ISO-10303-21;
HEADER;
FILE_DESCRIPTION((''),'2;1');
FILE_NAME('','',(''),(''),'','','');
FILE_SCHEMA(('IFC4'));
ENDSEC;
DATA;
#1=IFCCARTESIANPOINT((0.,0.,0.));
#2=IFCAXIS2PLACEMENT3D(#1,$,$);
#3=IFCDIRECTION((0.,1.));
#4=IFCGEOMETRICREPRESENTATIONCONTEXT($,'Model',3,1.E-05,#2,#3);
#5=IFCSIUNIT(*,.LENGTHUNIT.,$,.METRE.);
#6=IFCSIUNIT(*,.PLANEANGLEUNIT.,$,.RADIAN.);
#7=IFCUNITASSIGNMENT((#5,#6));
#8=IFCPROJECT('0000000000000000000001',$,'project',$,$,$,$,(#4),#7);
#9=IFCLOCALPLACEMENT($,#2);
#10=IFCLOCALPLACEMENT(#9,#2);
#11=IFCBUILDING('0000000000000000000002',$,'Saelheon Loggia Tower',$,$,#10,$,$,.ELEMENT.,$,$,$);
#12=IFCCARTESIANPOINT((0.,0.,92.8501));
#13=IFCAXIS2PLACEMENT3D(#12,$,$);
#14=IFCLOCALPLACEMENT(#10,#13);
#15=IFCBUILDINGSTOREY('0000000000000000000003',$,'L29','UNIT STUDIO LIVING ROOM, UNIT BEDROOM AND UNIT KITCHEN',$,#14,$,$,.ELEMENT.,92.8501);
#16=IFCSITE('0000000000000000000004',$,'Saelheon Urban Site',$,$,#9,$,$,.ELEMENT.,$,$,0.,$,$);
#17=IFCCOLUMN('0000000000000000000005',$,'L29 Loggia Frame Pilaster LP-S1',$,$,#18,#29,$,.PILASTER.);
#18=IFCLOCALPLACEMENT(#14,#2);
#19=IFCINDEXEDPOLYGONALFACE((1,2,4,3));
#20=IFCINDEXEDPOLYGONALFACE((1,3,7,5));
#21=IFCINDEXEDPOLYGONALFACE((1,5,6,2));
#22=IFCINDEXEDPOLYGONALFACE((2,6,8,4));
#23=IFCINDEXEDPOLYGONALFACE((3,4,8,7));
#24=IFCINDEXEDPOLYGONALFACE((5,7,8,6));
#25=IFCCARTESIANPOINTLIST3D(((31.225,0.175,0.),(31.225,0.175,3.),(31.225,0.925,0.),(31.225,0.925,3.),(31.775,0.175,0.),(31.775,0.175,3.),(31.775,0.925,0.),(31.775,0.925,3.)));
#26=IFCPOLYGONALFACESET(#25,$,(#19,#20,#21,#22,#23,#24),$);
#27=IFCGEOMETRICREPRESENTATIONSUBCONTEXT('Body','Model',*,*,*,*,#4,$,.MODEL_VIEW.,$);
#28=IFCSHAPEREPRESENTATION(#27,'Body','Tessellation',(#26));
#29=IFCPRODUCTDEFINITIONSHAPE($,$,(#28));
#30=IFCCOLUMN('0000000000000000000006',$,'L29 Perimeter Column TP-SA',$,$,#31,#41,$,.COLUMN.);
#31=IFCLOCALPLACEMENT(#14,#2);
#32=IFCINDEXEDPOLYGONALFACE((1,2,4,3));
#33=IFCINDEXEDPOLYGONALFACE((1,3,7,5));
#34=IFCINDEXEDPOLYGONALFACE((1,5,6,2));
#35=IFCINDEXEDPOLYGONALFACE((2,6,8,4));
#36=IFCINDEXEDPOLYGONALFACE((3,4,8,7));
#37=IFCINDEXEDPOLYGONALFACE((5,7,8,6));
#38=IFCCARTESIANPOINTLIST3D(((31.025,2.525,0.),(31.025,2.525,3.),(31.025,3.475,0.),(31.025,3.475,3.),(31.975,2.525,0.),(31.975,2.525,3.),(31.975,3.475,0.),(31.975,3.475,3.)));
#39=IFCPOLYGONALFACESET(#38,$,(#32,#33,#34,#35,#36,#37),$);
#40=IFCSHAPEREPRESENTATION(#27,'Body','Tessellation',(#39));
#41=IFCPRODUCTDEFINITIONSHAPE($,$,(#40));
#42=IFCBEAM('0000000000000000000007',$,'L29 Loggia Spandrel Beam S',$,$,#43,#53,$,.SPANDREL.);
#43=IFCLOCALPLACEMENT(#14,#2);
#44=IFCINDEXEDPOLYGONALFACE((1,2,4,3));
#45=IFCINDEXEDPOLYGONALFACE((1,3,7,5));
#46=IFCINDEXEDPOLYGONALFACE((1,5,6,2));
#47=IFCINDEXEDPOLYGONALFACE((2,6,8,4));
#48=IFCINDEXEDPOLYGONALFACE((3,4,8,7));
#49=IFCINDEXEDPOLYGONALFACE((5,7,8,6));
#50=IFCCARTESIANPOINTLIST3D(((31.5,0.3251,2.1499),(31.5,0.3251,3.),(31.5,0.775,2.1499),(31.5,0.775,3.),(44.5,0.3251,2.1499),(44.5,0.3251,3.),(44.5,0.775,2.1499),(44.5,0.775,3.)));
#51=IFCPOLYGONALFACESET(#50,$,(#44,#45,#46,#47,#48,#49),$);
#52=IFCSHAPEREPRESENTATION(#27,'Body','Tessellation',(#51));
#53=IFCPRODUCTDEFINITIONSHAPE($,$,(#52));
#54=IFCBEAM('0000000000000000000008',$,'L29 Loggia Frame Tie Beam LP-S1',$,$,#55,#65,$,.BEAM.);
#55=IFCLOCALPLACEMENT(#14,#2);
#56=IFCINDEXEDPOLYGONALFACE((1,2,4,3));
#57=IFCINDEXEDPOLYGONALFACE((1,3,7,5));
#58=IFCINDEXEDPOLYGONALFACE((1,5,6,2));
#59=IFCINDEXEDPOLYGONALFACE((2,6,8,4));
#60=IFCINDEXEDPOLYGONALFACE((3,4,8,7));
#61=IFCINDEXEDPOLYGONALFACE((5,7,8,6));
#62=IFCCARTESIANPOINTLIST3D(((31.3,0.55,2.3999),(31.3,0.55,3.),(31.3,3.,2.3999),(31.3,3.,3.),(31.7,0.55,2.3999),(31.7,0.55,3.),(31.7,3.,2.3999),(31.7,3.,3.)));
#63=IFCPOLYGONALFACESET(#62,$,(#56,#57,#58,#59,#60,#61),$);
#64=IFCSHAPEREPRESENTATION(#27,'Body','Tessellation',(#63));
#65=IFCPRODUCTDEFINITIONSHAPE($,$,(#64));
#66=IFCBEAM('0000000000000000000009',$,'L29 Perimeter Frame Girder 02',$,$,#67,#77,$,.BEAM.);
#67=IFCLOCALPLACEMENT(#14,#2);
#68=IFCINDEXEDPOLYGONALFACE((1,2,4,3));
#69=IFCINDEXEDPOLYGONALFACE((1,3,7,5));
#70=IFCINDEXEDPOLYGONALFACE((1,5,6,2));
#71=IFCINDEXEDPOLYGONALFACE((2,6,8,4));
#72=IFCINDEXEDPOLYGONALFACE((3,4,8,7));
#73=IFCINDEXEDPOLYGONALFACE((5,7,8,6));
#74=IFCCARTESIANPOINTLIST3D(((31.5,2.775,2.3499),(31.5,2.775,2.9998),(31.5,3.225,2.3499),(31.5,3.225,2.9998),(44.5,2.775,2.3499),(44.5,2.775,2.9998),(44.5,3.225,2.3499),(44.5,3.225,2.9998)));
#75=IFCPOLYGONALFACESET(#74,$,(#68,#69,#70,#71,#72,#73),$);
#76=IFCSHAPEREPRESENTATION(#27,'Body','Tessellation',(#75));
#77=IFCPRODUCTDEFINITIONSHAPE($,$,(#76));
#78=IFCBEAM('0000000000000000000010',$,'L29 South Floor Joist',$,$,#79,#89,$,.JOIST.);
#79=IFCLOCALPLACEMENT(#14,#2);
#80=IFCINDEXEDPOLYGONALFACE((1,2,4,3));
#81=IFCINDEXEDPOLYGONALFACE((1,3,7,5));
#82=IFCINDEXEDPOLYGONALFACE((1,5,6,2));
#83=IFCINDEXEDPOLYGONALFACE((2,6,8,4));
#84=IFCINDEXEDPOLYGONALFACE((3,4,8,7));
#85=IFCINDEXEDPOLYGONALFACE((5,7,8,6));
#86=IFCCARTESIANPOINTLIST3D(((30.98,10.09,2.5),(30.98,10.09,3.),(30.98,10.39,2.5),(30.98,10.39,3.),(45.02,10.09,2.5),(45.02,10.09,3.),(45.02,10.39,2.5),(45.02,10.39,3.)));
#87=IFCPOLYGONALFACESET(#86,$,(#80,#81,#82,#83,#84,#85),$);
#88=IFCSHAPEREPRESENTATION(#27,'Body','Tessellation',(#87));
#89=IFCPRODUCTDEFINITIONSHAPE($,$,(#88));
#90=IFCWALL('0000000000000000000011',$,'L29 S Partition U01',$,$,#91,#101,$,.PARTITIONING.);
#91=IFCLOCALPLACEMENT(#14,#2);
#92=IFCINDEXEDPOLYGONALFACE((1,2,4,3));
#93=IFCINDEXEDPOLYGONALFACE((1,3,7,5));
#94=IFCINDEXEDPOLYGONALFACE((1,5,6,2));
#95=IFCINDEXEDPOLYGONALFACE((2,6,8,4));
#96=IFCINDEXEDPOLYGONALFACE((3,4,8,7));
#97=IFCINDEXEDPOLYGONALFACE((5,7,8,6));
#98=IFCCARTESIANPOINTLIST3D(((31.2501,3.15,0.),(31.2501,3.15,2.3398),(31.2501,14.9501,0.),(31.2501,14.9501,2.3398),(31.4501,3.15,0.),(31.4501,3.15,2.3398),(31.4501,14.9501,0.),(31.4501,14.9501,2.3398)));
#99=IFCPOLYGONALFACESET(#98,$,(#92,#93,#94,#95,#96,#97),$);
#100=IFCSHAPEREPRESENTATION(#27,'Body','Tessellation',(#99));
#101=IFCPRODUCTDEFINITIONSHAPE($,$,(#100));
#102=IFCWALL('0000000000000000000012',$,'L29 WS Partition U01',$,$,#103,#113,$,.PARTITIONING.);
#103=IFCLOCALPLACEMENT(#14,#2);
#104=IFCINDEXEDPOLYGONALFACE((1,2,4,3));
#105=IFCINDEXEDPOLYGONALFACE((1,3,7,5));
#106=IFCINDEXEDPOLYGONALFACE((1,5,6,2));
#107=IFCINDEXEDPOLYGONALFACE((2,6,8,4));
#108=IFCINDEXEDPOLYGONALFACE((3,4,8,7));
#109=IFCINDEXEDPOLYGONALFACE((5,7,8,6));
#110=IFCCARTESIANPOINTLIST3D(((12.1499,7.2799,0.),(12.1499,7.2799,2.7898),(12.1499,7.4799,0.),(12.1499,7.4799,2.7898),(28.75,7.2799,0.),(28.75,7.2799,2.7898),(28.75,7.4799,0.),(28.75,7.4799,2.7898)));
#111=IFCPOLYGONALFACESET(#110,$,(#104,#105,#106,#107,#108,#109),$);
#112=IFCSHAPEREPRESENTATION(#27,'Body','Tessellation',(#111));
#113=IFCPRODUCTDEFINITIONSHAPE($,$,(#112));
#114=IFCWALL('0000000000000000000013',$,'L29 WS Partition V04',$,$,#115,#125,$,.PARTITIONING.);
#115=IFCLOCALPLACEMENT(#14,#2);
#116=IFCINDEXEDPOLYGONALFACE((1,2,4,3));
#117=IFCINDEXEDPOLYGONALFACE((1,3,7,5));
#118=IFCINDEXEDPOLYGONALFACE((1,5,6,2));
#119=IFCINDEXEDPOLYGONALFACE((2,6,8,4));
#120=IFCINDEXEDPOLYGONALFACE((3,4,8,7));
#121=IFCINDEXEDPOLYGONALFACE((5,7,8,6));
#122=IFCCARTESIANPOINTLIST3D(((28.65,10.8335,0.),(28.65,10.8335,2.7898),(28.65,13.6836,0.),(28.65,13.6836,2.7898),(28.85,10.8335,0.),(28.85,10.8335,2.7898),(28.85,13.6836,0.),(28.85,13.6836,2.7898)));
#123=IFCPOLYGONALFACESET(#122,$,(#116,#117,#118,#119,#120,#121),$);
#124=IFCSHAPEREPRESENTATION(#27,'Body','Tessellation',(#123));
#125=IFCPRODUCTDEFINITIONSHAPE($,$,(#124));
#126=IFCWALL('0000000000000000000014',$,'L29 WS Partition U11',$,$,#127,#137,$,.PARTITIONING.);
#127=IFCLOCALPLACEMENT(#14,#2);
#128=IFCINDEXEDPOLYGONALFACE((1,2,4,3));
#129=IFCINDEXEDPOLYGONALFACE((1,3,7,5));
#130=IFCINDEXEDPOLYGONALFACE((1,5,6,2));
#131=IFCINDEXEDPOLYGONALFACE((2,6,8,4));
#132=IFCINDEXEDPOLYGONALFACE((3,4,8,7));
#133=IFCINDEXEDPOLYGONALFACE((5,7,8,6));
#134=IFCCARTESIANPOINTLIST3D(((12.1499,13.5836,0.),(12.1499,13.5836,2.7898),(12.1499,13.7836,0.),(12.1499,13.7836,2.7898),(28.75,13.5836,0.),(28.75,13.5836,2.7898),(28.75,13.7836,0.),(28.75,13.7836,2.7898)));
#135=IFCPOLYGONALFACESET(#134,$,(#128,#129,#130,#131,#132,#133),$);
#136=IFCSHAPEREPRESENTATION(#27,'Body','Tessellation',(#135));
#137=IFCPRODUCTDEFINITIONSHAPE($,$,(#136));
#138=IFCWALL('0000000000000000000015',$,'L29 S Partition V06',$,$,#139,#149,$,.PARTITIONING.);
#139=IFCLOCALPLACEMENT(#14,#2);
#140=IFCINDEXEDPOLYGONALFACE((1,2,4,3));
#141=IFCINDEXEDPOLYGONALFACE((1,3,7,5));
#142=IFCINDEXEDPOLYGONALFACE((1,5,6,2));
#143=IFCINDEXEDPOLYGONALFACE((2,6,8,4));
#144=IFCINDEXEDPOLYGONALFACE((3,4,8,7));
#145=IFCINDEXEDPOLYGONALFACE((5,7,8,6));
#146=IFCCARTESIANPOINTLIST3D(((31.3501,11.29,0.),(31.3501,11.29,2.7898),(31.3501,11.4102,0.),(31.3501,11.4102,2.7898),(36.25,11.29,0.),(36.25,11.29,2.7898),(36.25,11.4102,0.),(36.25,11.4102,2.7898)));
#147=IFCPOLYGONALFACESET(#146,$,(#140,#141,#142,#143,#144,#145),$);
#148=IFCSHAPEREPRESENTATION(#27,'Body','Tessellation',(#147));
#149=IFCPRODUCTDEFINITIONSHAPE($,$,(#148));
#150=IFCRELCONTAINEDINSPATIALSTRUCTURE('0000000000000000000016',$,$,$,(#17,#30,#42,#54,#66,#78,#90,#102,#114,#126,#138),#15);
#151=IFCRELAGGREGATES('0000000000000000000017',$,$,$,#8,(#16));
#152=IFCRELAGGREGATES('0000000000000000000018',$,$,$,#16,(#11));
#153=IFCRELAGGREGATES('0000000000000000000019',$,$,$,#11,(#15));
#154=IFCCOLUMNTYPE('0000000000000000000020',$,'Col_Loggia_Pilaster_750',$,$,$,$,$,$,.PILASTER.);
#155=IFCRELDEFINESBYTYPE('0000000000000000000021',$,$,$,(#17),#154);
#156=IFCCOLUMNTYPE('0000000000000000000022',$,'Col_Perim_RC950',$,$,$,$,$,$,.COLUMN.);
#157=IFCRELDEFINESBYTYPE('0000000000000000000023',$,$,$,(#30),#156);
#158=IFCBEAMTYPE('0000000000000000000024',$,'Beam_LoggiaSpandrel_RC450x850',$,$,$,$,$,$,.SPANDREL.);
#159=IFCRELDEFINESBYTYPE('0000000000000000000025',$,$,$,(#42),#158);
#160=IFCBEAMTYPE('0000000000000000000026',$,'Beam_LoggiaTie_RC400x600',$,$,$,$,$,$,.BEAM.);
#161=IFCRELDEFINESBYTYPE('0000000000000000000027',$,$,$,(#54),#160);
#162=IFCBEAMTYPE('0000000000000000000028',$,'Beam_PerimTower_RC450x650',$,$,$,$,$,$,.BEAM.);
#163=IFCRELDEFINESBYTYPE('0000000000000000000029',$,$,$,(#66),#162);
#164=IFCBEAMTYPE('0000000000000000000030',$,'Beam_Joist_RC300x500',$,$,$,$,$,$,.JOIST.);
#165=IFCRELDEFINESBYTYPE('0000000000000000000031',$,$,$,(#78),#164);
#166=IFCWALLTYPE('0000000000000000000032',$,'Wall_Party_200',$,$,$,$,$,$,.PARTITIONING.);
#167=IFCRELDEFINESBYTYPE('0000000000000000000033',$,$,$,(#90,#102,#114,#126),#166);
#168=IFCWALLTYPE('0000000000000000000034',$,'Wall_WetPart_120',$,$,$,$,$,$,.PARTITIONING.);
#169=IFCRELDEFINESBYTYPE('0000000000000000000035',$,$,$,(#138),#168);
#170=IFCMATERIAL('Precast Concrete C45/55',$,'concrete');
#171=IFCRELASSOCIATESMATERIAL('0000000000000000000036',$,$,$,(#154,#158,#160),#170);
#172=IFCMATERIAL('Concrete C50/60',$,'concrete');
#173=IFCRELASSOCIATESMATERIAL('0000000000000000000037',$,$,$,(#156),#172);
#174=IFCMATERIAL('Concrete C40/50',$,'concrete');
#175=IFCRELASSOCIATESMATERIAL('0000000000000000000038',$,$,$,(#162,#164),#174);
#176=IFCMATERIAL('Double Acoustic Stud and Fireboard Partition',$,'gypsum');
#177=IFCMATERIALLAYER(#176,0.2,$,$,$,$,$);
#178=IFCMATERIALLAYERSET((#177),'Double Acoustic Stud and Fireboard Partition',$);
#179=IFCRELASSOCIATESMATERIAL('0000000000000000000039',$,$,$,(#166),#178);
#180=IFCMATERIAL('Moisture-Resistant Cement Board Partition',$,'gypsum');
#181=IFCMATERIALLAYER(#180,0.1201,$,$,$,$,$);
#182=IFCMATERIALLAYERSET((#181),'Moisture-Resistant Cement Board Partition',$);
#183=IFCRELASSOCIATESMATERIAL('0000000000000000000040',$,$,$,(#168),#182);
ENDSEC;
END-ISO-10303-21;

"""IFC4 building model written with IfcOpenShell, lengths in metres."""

from ifc_helpers import new_model, si_unit, direction, frame, frame_2d, origin, origin_2d, place, context, subcontext, project, spatial, rectangle, extrude, source, transform, mapped, material, layer, layer_set, material_profile, profile_set, type_object, element, save


model = new_model("IFC4")

# Units and contexts
model_context = context("Model", 3, precision=1e-05, world=origin(), true_north=direction((0.0, 1.0)))
body_context = subcontext(model_context, "Body", "Model", "MODEL_VIEW")
ifc_project = project(units=[si_unit("LENGTHUNIT", "METRE"), si_unit("PLANEANGLEUNIT", "RADIAN")], contexts=[model_context])

# Site, building, storey
site_placement = place(None, origin())
site = spatial("IfcSite", under=ifc_project, at=site_placement, Name="Saelheon Urban Site", CompositionType="ELEMENT", RefElevation=0.0)
building_placement = place(site_placement, origin())
building = spatial("IfcBuilding", under=site, at=building_placement, Name="Saelheon Loggia Tower", CompositionType="ELEMENT")
storey_placement = place(building_placement, frame((0.0, 0.0, 92.8501)))
storey = spatial("IfcBuildingStorey", under=building, at=storey_placement, Name="L29", Description="UNIT STUDIO LIVING ROOM, UNIT BEDROOM AND UNIT KITCHEN", CompositionType="ELEMENT", Elevation=92.8501)

# Columns
ifc_material_1 = material(Name="Precast Concrete C45/55", Category="concrete")
ifc_material_profile_1 = material_profile(ifc_material_1, rectangle(XDim=0.55, YDim=0.75, at=origin_2d()), Name="RC-550x750")
ifc_profile_set_1 = profile_set([ifc_material_profile_1], Name="Precast Concrete C45/55")
column_type_1 = type_object("IfcColumnType", Name="Col_Loggia_Pilaster_750", PredefinedType="PILASTER", material=ifc_profile_set_1)
shared_shape_1 = source(origin(), body_context, "Body", "SweptSolid", [
    extrude(rectangle(XDim=0.55, YDim=0.75, at=origin_2d()), origin(), (0.0, 0.0, 1.0), 3.0),
])
column_1_placement = place(storey_placement, frame((31.5, 0.55, 0.0), z_axis=(0.0, 0.0, 1.0), x_axis=(1.0, 0.0, 0.0)))
element("IfcColumn", 1, at=column_1_placement, inside=storey, type_object=column_type_1, Name="L29 Loggia Frame Pilaster LP-S1", PredefinedType="PILASTER", context=body_context, shape_type="MappedRepresentation", body=[
    mapped(shared_shape_1, transform((0.0, 0.0, 0.0), scale=1.0)),
])
ifc_material_2 = material(Name="Concrete C50/60", Category="concrete")
ifc_material_profile_2 = material_profile(ifc_material_2, rectangle(XDim=0.95, YDim=0.95, at=origin_2d()), Name="RC-950x950")
ifc_profile_set_2 = profile_set([ifc_material_profile_2], Name="Concrete C50/60")
column_type_2 = type_object("IfcColumnType", Name="Col_Perim_RC950", PredefinedType="COLUMN", material=ifc_profile_set_2)
shared_shape_2 = source(origin(), body_context, "Body", "SweptSolid", [
    extrude(rectangle(XDim=0.95, YDim=0.95, at=origin_2d()), origin(), (0.0, 0.0, 1.0), 3.0),
])
column_2_placement = place(storey_placement, frame((31.5, 3.0, 0.0), z_axis=(0.0, 0.0, 1.0), x_axis=(1.0, 0.0, 0.0)))
element("IfcColumn", 2, at=column_2_placement, inside=storey, type_object=column_type_2, Name="L29 Perimeter Column TP-SA", PredefinedType="COLUMN", context=body_context, shape_type="MappedRepresentation", body=[
    mapped(shared_shape_2, transform((0.0, 0.0, 0.0), scale=1.0)),
])

# Beams
ifc_material_profile_3 = material_profile(ifc_material_1, rectangle(XDim=0.45, YDim=0.8501, at=origin_2d()), Name="RC-450x850")
ifc_profile_set_3 = profile_set([ifc_material_profile_3], Name="Precast Concrete C45/55")
beam_type_1 = type_object("IfcBeamType", Name="Beam_LoggiaSpandrel_RC450x850", PredefinedType="SPANDREL", material=ifc_profile_set_3)
shared_shape_3 = source(origin(), body_context, "Body", "SweptSolid", [
    extrude(rectangle(XDim=0.45, YDim=0.8501, at=origin_2d()), origin(), (0.0, 0.0, 1.0), 13.0),
])
beam_1_placement = place(storey_placement, frame((31.5, 0.55, 2.575), z_axis=(1.0, 0.0, 0.0), x_axis=(0.0, 1.0, 0.0)))
element("IfcBeam", 3, at=beam_1_placement, inside=storey, type_object=beam_type_1, Name="L29 Loggia Spandrel Beam S", PredefinedType="SPANDREL", context=body_context, shape_type="MappedRepresentation", body=[
    mapped(shared_shape_3, transform((0.0, 0.0, 0.0), scale=1.0)),
])
ifc_material_profile_4 = material_profile(ifc_material_1, rectangle(XDim=0.3999, YDim=0.6001, at=origin_2d()), Name="RC-400x600")
ifc_profile_set_4 = profile_set([ifc_material_profile_4], Name="Precast Concrete C45/55")
beam_type_2 = type_object("IfcBeamType", Name="Beam_LoggiaTie_RC400x600", PredefinedType="BEAM", material=ifc_profile_set_4)
shared_shape_4 = source(origin(), body_context, "Body", "SweptSolid", [
    extrude(rectangle(XDim=0.3999, YDim=0.6001, at=origin_2d()), origin(), (0.0, 0.0, 1.0), 2.45),
])
beam_2_placement = place(storey_placement, frame((31.5, 3.0, 2.7), z_axis=(0.0, -1.0, 0.0), x_axis=(1.0, 0.0, 0.0)))
element("IfcBeam", 4, at=beam_2_placement, inside=storey, type_object=beam_type_2, Name="L29 Loggia Frame Tie Beam LP-S1", PredefinedType="BEAM", context=body_context, shape_type="MappedRepresentation", body=[
    mapped(shared_shape_4, transform((0.0, 0.0, 0.0), scale=1.0)),
])
ifc_material_3 = material(Name="Concrete C40/50", Category="concrete")
ifc_material_profile_5 = material_profile(ifc_material_3, rectangle(XDim=0.45, YDim=0.6499, at=origin_2d()), Name="RC-450x650")
ifc_profile_set_5 = profile_set([ifc_material_profile_5], Name="Concrete C40/50")
beam_type_3 = type_object("IfcBeamType", Name="Beam_PerimTower_RC450x650", PredefinedType="BEAM", material=ifc_profile_set_5)
shared_shape_5 = source(origin(), body_context, "Body", "SweptSolid", [
    extrude(rectangle(XDim=0.45, YDim=0.6499, at=origin_2d()), origin(), (0.0, 0.0, 1.0), 13.0),
])
beam_3_placement = place(storey_placement, frame((31.5, 3.0, 2.6748), z_axis=(1.0, 0.0, 0.0), x_axis=(0.0, 1.0, 0.0)))
element("IfcBeam", 5, at=beam_3_placement, inside=storey, type_object=beam_type_3, Name="L29 Perimeter Frame Girder 02", PredefinedType="BEAM", context=body_context, shape_type="MappedRepresentation", body=[
    mapped(shared_shape_5, transform((0.0, 0.0, 0.0), scale=1.0)),
])
ifc_material_profile_6 = material_profile(ifc_material_3, rectangle(XDim=0.3, YDim=0.5, at=origin_2d()), Name="RC-300x500")
ifc_profile_set_6 = profile_set([ifc_material_profile_6], Name="Concrete C40/50")
beam_type_4 = type_object("IfcBeamType", Name="Beam_Joist_RC300x500", PredefinedType="JOIST", material=ifc_profile_set_6)
shared_shape_6 = source(origin(), body_context, "Body", "SweptSolid", [
    extrude(rectangle(XDim=0.3, YDim=0.5, at=origin_2d()), origin(), (0.0, 0.0, 1.0), 14.04),
])
beam_4_placement = place(storey_placement, frame((30.98, 10.24, 2.75), z_axis=(1.0, 0.0, 0.0), x_axis=(0.0, 1.0, 0.0)))
element("IfcBeam", 6, at=beam_4_placement, inside=storey, type_object=beam_type_4, Name="L29 South Floor Joist", PredefinedType="JOIST", context=body_context, shape_type="MappedRepresentation", body=[
    mapped(shared_shape_6, transform((0.0, 0.0, 0.0), scale=1.0)),
])

# Walls
ifc_material_4 = material(Name="Double Acoustic Stud and Fireboard Partition", Category="gypsum")
ifc_layer_1 = layer(ifc_material_4, 0.2)
ifc_layer_set_1 = layer_set([ifc_layer_1], Name="Double Acoustic Stud and Fireboard Partition")
wall_type_1 = type_object("IfcWallType", Name="Wall_Party_200", PredefinedType="PARTITIONING", material=ifc_layer_set_1)
wall_1_placement = place(storey_placement, frame((31.3501, 14.95, 0.0), z_axis=(0.0, 0.0, 1.0), x_axis=(0.0, -1.0, 0.0)))
element("IfcWall", 7, at=wall_1_placement, inside=storey, type_object=wall_type_1, Name="L29 S Partition U01", PredefinedType="PARTITIONING", context=body_context, shape_type="SweptSolid", body=[
    extrude(rectangle(XDim=11.8, YDim=0.2, at=frame_2d((5.8999, 0.0))), origin(), (0.0, 0.0, 1.0), 2.3398),
])
wall_2_placement = place(storey_placement, frame((28.75, 7.3799, 0.0), z_axis=(0.0, 0.0, 1.0), x_axis=(-1.0, 0.0, 0.0)))
element("IfcWall", 8, at=wall_2_placement, inside=storey, type_object=wall_type_1, Name="L29 WS Partition U01", PredefinedType="PARTITIONING", context=body_context, shape_type="SweptSolid", body=[
    extrude(rectangle(XDim=16.6001, YDim=0.2, at=frame_2d((8.3, 0.0))), origin(), (0.0, 0.0, 1.0), 2.7898),
])

# Walls
wall_3_placement = place(storey_placement, frame((28.75, 10.8335, 0.0), z_axis=(0.0, 0.0, 1.0), x_axis=(0.0, 1.0, 0.0)))
element("IfcWall", 9, at=wall_3_placement, inside=storey, type_object=wall_type_1, Name="L29 WS Partition V04", PredefinedType="PARTITIONING", context=body_context, shape_type="SweptSolid", body=[
    extrude(rectangle(XDim=2.8501, YDim=0.2, at=frame_2d((1.425, 0.0))), origin(), (0.0, 0.0, 1.0), 2.7898),
])
wall_4_placement = place(storey_placement, frame((28.75, 13.6836, 0.0), z_axis=(0.0, 0.0, 1.0), x_axis=(-1.0, 0.0, 0.0)))
element("IfcWall", 10, at=wall_4_placement, inside=storey, type_object=wall_type_1, Name="L29 WS Partition U11", PredefinedType="PARTITIONING", context=body_context, shape_type="SweptSolid", body=[
    extrude(rectangle(XDim=16.6001, YDim=0.2, at=frame_2d((8.3, 0.0))), origin(), (0.0, 0.0, 1.0), 2.7898),
])

# Wall
ifc_material_5 = material(Name="Moisture-Resistant Cement Board Partition", Category="gypsum")
ifc_layer_2 = layer(ifc_material_5, 0.1201)
ifc_layer_set_2 = layer_set([ifc_layer_2], Name="Moisture-Resistant Cement Board Partition")
wall_type_2 = type_object("IfcWallType", Name="Wall_WetPart_120", PredefinedType="PARTITIONING", material=ifc_layer_set_2)
wall_5_placement = place(storey_placement, frame((31.3501, 11.3501, 0.0), z_axis=(0.0, 0.0, 1.0), x_axis=(1.0, 0.0, 0.0)))
element("IfcWall", 11, at=wall_5_placement, inside=storey, type_object=wall_type_2, Name="L29 S Partition V06", PredefinedType="PARTITIONING", context=body_context, shape_type="SweptSolid", body=[
    extrude(rectangle(XDim=4.8999, YDim=0.1201, at=frame_2d((2.45, 0.0))), origin(), (0.0, 0.0, 1.0), 2.7898),
])

save(model, "model.ifc")
